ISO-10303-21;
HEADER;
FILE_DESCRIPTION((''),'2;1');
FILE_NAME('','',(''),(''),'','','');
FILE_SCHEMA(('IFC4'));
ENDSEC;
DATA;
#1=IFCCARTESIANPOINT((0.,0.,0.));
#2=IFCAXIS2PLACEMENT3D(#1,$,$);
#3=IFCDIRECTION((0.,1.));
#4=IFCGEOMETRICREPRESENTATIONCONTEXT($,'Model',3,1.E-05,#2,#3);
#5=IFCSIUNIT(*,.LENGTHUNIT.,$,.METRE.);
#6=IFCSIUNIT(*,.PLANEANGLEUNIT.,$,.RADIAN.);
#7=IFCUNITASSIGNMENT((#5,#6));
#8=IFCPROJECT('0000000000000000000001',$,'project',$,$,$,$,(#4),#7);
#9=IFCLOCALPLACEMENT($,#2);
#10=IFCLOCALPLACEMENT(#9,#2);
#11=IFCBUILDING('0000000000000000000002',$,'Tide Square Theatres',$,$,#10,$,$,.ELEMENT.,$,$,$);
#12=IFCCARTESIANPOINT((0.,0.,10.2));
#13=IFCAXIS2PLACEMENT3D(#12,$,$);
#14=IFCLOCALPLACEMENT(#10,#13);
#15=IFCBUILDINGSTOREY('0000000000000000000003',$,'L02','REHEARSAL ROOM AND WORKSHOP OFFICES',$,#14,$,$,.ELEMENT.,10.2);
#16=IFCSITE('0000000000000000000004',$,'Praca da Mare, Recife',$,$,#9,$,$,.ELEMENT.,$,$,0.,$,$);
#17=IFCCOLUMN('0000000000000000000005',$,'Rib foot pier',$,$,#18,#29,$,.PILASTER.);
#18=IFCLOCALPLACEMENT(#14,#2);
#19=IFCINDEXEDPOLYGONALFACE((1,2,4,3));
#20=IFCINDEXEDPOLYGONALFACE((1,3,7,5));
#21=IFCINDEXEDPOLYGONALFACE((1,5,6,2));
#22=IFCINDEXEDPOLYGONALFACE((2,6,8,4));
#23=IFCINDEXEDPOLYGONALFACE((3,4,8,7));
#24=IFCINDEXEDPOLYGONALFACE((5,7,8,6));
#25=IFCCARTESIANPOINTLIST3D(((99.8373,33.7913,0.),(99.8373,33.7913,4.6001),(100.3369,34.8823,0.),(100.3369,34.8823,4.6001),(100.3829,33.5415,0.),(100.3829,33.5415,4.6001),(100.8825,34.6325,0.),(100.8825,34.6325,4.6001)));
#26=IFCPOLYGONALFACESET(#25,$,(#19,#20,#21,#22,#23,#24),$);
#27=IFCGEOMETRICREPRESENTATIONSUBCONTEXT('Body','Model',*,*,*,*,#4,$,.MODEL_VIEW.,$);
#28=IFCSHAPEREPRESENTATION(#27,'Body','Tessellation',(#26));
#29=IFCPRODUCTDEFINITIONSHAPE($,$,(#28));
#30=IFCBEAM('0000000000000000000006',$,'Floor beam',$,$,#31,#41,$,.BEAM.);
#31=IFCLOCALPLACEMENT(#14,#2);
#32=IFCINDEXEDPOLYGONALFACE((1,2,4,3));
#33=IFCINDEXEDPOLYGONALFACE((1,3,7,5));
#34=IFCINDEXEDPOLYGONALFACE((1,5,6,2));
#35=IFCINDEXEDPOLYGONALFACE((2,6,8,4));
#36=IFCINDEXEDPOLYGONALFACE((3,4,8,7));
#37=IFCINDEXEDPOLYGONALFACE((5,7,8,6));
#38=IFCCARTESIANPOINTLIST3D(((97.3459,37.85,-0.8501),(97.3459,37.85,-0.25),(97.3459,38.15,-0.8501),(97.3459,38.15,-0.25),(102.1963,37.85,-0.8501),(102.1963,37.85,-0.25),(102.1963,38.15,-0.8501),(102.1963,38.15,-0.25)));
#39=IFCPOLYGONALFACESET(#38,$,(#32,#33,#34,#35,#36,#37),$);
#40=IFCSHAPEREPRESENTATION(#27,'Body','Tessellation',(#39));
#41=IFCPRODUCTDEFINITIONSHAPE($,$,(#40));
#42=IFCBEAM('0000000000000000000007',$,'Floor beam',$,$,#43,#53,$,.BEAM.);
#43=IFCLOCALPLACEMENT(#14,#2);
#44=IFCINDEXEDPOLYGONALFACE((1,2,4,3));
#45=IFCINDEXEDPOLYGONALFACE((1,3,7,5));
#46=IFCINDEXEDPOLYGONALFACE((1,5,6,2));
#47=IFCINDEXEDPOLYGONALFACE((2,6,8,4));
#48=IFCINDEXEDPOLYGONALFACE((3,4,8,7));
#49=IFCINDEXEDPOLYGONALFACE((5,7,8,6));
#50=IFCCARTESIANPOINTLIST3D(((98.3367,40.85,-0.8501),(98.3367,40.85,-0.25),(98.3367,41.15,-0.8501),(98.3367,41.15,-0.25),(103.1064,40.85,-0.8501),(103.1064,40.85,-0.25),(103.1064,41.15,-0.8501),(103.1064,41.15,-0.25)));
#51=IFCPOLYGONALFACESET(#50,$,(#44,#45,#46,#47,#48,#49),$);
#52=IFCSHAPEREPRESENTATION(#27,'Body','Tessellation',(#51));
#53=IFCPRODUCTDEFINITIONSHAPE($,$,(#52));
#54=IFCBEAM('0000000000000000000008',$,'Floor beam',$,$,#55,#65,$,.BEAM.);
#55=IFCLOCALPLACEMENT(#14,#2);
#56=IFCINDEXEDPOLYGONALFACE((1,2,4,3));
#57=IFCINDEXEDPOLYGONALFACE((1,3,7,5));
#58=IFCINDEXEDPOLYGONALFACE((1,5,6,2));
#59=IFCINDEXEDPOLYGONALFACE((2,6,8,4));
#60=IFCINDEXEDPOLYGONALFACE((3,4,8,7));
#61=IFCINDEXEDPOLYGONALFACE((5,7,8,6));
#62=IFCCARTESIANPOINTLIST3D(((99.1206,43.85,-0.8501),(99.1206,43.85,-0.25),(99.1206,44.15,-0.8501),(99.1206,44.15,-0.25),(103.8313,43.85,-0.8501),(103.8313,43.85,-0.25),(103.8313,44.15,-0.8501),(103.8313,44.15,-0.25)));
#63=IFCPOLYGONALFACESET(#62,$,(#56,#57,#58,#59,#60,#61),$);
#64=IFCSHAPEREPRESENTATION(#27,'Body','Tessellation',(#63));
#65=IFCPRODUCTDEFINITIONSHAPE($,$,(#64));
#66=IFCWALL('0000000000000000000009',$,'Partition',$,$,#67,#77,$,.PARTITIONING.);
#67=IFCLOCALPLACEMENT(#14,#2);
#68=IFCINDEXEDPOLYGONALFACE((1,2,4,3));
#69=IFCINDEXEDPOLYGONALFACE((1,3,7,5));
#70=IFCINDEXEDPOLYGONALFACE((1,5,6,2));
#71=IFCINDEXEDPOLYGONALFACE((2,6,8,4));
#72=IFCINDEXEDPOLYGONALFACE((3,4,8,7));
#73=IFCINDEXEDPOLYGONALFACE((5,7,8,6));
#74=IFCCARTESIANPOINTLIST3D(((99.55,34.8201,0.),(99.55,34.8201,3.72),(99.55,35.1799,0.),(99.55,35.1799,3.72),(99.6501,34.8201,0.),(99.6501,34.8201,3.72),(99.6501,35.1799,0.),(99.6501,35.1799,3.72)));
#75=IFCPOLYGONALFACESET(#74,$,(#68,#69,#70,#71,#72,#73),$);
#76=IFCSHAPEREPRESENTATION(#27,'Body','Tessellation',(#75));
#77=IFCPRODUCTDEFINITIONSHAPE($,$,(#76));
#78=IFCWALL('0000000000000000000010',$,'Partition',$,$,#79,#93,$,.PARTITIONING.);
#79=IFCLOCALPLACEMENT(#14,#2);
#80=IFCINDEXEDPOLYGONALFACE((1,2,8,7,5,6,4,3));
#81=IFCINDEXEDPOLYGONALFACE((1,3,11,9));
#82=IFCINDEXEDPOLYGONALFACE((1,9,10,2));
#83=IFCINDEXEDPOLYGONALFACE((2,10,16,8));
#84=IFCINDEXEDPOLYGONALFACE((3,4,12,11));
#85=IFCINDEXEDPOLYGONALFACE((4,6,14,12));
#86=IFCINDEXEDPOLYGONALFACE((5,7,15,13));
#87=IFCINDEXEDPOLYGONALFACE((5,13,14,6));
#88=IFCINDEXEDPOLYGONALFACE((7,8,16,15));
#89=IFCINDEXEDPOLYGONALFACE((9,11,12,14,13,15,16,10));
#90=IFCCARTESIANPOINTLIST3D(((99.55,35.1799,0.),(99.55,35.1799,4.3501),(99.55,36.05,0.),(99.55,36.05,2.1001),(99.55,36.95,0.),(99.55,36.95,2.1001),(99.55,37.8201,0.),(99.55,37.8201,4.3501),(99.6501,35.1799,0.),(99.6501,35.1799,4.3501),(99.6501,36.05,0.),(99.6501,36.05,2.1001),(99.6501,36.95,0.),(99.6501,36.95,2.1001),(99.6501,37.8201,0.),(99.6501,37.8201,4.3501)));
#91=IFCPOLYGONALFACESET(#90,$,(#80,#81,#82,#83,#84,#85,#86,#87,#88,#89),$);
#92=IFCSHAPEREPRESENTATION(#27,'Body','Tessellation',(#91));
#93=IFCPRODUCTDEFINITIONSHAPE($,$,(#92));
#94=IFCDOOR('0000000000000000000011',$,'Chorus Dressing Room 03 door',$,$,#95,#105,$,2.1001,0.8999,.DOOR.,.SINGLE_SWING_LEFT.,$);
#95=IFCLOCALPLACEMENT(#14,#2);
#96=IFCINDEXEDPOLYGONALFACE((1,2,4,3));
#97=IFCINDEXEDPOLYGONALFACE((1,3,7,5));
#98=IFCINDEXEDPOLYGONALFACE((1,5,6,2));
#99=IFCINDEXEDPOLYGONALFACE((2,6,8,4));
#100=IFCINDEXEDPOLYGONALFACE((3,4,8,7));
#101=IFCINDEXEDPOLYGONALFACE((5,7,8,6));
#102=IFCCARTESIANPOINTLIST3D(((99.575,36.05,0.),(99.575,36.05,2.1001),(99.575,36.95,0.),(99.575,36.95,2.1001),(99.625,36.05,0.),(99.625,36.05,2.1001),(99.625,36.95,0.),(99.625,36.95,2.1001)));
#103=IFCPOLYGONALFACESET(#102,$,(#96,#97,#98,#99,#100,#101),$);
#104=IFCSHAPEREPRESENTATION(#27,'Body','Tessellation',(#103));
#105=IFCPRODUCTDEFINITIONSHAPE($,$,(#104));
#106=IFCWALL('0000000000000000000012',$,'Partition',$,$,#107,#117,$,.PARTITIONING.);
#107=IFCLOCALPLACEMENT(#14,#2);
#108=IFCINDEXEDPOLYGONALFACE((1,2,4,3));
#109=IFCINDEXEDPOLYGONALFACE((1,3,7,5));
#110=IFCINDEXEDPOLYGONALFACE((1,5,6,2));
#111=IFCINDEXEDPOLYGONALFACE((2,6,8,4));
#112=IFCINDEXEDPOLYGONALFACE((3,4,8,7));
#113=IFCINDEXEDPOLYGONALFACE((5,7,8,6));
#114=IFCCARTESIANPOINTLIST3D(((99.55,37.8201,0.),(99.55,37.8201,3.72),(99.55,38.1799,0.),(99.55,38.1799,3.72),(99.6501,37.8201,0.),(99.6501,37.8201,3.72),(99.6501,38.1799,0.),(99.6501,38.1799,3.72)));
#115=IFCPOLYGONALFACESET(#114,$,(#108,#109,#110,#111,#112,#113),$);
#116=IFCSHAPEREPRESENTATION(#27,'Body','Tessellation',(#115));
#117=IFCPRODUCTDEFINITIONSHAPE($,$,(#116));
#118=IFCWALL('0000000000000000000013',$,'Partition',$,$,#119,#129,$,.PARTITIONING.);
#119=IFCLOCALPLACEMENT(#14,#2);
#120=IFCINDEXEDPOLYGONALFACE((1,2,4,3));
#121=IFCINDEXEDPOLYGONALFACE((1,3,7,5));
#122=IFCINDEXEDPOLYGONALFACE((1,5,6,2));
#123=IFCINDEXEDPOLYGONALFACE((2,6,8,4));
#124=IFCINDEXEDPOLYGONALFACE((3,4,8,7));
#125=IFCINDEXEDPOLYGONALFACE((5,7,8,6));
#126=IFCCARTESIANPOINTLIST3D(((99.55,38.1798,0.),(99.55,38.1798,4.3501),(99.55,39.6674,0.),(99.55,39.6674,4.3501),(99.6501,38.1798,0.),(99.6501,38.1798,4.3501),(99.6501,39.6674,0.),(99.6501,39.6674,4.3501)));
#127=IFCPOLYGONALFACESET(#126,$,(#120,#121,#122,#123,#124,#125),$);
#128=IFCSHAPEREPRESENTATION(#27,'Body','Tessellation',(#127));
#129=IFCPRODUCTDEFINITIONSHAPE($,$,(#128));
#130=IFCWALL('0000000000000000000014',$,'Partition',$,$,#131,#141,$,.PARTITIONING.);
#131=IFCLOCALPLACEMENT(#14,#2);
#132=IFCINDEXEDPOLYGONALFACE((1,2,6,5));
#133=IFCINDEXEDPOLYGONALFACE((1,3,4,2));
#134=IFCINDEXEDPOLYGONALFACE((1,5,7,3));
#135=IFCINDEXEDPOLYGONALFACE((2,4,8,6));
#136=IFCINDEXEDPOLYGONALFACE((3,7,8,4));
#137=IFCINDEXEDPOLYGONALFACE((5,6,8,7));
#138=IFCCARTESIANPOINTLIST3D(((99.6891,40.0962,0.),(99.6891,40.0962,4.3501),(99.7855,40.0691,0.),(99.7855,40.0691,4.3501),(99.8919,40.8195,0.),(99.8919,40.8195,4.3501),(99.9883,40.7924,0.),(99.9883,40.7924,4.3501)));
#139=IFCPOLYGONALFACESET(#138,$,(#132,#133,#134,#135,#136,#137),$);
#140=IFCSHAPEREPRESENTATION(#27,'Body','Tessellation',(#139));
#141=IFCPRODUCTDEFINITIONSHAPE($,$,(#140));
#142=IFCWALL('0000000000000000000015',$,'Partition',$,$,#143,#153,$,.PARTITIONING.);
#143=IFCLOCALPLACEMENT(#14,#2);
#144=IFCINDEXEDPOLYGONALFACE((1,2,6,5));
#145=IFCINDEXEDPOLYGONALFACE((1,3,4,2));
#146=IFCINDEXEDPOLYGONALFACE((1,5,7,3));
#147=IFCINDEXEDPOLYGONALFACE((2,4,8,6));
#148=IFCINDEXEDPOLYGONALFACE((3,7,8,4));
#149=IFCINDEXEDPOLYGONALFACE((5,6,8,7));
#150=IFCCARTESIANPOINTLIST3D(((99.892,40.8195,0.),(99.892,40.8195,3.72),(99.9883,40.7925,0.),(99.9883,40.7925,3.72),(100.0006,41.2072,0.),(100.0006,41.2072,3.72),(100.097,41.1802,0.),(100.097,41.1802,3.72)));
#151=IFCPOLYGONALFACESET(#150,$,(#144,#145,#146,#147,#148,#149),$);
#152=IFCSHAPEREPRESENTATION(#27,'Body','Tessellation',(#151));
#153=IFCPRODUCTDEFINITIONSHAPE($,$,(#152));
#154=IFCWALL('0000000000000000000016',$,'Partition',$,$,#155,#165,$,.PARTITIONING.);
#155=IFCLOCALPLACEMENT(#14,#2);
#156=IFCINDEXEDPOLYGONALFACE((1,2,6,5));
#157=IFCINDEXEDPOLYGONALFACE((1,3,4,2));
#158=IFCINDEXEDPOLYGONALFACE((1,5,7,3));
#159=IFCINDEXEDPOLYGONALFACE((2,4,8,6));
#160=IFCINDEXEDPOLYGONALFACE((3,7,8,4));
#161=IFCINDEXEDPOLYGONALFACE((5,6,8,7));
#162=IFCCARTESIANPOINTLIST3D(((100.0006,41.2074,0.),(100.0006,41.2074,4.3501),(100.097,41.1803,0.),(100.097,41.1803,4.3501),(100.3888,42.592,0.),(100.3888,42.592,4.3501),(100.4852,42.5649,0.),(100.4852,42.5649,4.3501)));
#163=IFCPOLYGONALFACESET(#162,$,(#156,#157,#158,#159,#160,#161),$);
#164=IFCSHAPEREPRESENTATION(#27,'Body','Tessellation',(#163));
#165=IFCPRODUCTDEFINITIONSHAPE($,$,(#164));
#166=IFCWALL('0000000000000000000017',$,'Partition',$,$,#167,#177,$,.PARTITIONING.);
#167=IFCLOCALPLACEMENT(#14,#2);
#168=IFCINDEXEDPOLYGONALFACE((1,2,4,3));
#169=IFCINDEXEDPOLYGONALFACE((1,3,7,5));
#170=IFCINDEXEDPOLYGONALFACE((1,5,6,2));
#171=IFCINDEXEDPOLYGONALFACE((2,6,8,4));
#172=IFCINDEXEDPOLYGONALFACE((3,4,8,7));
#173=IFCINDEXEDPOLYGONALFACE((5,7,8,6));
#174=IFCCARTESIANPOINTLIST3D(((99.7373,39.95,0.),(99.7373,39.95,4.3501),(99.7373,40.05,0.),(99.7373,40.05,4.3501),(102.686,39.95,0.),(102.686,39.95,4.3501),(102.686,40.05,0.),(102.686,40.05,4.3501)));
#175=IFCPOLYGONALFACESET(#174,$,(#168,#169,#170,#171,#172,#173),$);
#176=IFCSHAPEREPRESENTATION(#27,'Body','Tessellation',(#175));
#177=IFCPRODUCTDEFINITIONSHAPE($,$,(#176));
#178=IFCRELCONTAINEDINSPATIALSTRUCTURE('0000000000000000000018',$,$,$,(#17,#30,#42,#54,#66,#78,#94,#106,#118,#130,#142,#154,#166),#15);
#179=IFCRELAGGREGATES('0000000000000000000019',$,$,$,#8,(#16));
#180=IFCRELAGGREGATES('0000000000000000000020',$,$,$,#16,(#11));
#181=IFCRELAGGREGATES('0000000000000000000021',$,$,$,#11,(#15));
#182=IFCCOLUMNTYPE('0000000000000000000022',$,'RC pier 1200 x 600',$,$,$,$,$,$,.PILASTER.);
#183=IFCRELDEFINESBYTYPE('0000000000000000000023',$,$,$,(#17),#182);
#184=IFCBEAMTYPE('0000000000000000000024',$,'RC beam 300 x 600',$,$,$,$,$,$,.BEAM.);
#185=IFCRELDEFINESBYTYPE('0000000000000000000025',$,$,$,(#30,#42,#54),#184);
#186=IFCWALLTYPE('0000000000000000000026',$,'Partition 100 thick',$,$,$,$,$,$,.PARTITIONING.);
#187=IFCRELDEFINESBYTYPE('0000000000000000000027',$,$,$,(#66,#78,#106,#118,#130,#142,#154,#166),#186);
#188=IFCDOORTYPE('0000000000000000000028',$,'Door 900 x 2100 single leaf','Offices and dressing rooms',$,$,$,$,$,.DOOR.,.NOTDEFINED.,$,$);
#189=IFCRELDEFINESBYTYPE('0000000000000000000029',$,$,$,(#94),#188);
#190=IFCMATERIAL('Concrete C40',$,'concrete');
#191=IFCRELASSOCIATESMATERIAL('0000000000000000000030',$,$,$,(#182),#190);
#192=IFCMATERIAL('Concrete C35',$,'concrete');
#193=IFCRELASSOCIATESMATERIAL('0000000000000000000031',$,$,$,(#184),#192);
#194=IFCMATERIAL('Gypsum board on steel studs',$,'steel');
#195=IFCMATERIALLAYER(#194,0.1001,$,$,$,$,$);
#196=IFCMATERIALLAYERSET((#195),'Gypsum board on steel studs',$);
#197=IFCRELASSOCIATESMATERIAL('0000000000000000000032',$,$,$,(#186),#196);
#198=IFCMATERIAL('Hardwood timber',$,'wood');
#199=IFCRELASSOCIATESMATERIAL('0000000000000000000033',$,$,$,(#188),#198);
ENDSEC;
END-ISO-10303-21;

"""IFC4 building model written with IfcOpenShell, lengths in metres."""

from ifc_helpers import new_model, si_unit, direction, frame, frame_2d, origin, origin_2d, place, context, subcontext, project, spatial, rectangle, extrude, material, layer, layer_set, material_profile, profile_set, type_object, element, fill, save


model = new_model("IFC4")

# Units and contexts
model_context = context("Model", 3, precision=1e-05, world=origin(), true_north=direction((0.0, 1.0)))
body_context = subcontext(model_context, "Body", "Model", "MODEL_VIEW")
ifc_project = project(units=[si_unit("LENGTHUNIT", "METRE"), si_unit("PLANEANGLEUNIT", "RADIAN")], contexts=[model_context])

# Site, building, storey
site_placement = place(None, origin())
site = spatial("IfcSite", under=ifc_project, at=site_placement, Name="Praca da Mare, Recife", CompositionType="ELEMENT", RefElevation=0.0)
building_placement = place(site_placement, origin())
building = spatial("IfcBuilding", under=site, at=building_placement, Name="Tide Square Theatres", CompositionType="ELEMENT")
storey_placement = place(building_placement, frame((0.0, 0.0, 10.2)))
storey = spatial("IfcBuildingStorey", under=building, at=storey_placement, Name="L02", Description="REHEARSAL ROOM AND WORKSHOP OFFICES", CompositionType="ELEMENT", Elevation=10.2)

# Column
ifc_material_1 = material(Name="Concrete C40", Category="concrete")
ifc_material_profile_1 = material_profile(ifc_material_1, rectangle(XDim=1.2, YDim=0.6001, at=origin_2d()))
ifc_profile_set_1 = profile_set([ifc_material_profile_1], Name="Concrete C40")
column_type = type_object("IfcColumnType", Name="RC pier 1200 x 600", PredefinedType="PILASTER", material=ifc_profile_set_1)
column_placement = place(storey_placement, frame((100.3599, 34.2119, 0.0), z_axis=(0.0, 0.0, 1.0), x_axis=(0.416344, 0.909207, 0.0)))
element("IfcColumn", 1, at=column_placement, inside=storey, type_object=column_type, Name="Rib foot pier", PredefinedType="PILASTER", context=body_context, shape_type="SweptSolid", body=[
    extrude(rectangle(XDim=1.2, YDim=0.6001, at=origin_2d()), origin(), (0.0, 0.0, 1.0), 4.6001),
])

# Beams
ifc_material_2 = material(Name="Concrete C35", Category="concrete")
ifc_material_profile_2 = material_profile(ifc_material_2, rectangle(XDim=0.3, YDim=0.6001, at=origin_2d()))
ifc_profile_set_2 = profile_set([ifc_material_profile_2], Name="Concrete C35")
beam_type = type_object("IfcBeamType", Name="RC beam 300 x 600", PredefinedType="BEAM", material=ifc_profile_set_2)
beam_1_placement = place(storey_placement, frame((97.3459, 38.0, -0.55), z_axis=(1.0, 0.0, 0.0), x_axis=(0.0, 1.0, 0.0)))
element("IfcBeam", 2, at=beam_1_placement, inside=storey, type_object=beam_type, Name="Floor beam", PredefinedType="BEAM", context=body_context, shape_type="SweptSolid", body=[
    extrude(rectangle(XDim=0.3, YDim=0.6001, at=origin_2d()), origin(), (0.0, 0.0, 1.0), 4.8503),
])
beam_2_placement = place(storey_placement, frame((98.3367, 41.0, -0.55), z_axis=(1.0, 0.0, 0.0), x_axis=(0.0, 1.0, 0.0)))
element("IfcBeam", 3, at=beam_2_placement, inside=storey, type_object=beam_type, Name="Floor beam", PredefinedType="BEAM", context=body_context, shape_type="SweptSolid", body=[
    extrude(rectangle(XDim=0.3, YDim=0.6001, at=origin_2d()), origin(), (0.0, 0.0, 1.0), 4.7698),
])
beam_3_placement = place(storey_placement, frame((99.1206, 44.0, -0.55), z_axis=(1.0, 0.0, 0.0), x_axis=(0.0, 1.0, 0.0)))
element("IfcBeam", 4, at=beam_3_placement, inside=storey, type_object=beam_type, Name="Floor beam", PredefinedType="BEAM", context=body_context, shape_type="SweptSolid", body=[
    extrude(rectangle(XDim=0.3, YDim=0.6001, at=origin_2d()), origin(), (0.0, 0.0, 1.0), 4.7107),
])

# Wall
ifc_material_3 = material(Name="Gypsum board on steel studs", Category="steel")
ifc_layer_1 = layer(ifc_material_3, 0.1001)
ifc_layer_set_1 = layer_set([ifc_layer_1], Name="Gypsum board on steel studs")
wall_type_1 = type_object("IfcWallType", Name="Partition 100 thick", PredefinedType="PARTITIONING", material=ifc_layer_set_1)
wall_1_placement = place(storey_placement, frame((99.6001, 34.8201, 0.0), z_axis=(0.0, 0.0, 1.0), x_axis=(0.0, 1.0, 0.0)))
element("IfcWall", 5, at=wall_1_placement, inside=storey, type_object=wall_type_1, Name="Partition", PredefinedType="PARTITIONING", context=body_context, shape_type="SweptSolid", body=[
    extrude(rectangle(XDim=0.3599, YDim=0.1001, at=frame_2d((0.1799, 0.0))), origin(), (0.0, 0.0, 1.0), 3.72),
])

# Wall, opening, door
wall_2_placement = place(storey_placement, frame((99.6001, 35.1799, 0.0), z_axis=(0.0, 0.0, 1.0), x_axis=(0.0, 1.0, 0.0)))
wall_2 = element("IfcWall", 6, at=wall_2_placement, inside=storey, type_object=wall_type_1, Name="Partition", PredefinedType="PARTITIONING", context=body_context, shape_type="SweptSolid", body=[
    extrude(rectangle(XDim=2.6401, YDim=0.1001, at=frame_2d((1.3201, 0.0))), origin(), (0.0, 0.0, 1.0), 4.3501),
])
opening_1_placement = place(wall_2_placement, frame((0.8701, 0.0, 0.0)))
opening_1 = element("IfcOpeningElement", 7, at=opening_1_placement, cuts=wall_2, PredefinedType="OPENING", context=body_context, shape_type="SweptSolid", body=[
    extrude(rectangle(XDim=0.8999, YDim=2.1001, at=frame_2d((0.45, 1.05))), frame((0.0, 0.0601, 0.0), z_axis=(0.0, -1.0, 0.0), x_axis=(1.0, 0.0, 0.0)), (0.0, 0.0, 1.0), 0.1201),
])
ifc_material_4 = material(Name="Hardwood timber", Category="wood")
door_type_1 = type_object("IfcDoorType", Name="Door 900 x 2100 single leaf", Description="Offices and dressing rooms", OperationType="NOTDEFINED", PredefinedType="DOOR", material=ifc_material_4)
door_1_placement = place(opening_1_placement, frame((0.8999, 0.0, 0.0), z_axis=(0.0, 0.0, 1.0), x_axis=(-1.0, 0.0, 0.0)))
door_1 = element("IfcDoor", 8, at=door_1_placement, inside=storey, type_object=door_type_1, Name="Chorus Dressing Room 03 door", OperationType="SINGLE_SWING_LEFT", OverallHeight=2.1001, OverallWidth=0.8999, PredefinedType="DOOR", context=body_context, shape_type="SweptSolid", body=[
    extrude(rectangle(XDim=0.8999, YDim=2.1001, at=frame_2d((0.45, 1.05))), frame((0.0, 0.0249, 0.0), z_axis=(0.0, -1.0, 0.0), x_axis=(1.0, 0.0, 0.0)), (0.0, 0.0, 1.0), 0.05),
])
fill(opening_1, door_1)

# Walls
wall_3_placement = place(storey_placement, frame((99.6001, 37.8201, 0.0), z_axis=(0.0, 0.0, 1.0), x_axis=(0.0, 1.0, 0.0)))
element("IfcWall", 9, at=wall_3_placement, inside=storey, type_object=wall_type_1, Name="Partition", PredefinedType="PARTITIONING", context=body_context, shape_type="SweptSolid", body=[
    extrude(rectangle(XDim=0.3599, YDim=0.1001, at=frame_2d((0.1799, 0.0))), origin(), (0.0, 0.0, 1.0), 3.72),
])
wall_4_placement = place(storey_placement, frame((99.6001, 38.1799, 0.0), z_axis=(0.0, 0.0, 1.0), x_axis=(0.0, 1.0, 0.0)))
element("IfcWall", 10, at=wall_4_placement, inside=storey, type_object=wall_type_1, Name="Partition", PredefinedType="PARTITIONING", context=body_context, shape_type="SweptSolid", body=[
    extrude(rectangle(XDim=1.4875, YDim=0.1001, at=frame_2d((0.7437, 0.0))), origin(), (0.0, 0.0, 1.0), 4.3501),
])
wall_5_placement = place(storey_placement, frame((99.7373, 40.0828, 0.0), z_axis=(0.0, 0.0, 1.0), x_axis=(0.27004, 0.962849, 0.0)))
element("IfcWall", 11, at=wall_5_placement, inside=storey, type_object=wall_type_1, Name="Partition", PredefinedType="PARTITIONING", context=body_context, shape_type="SweptSolid", body=[
    extrude(rectangle(XDim=0.7512, YDim=0.1001, at=frame_2d((0.3755, 0.0))), origin(), (0.0, 0.0, 1.0), 4.3501),
])
wall_6_placement = place(storey_placement, frame((99.9402, 40.8062, 0.0), z_axis=(0.0, 0.0, 1.0), x_axis=(0.269832, 0.962907, 0.0)))
element("IfcWall", 12, at=wall_6_placement, inside=storey, type_object=wall_type_1, Name="Partition", PredefinedType="PARTITIONING", context=body_context, shape_type="SweptSolid", body=[
    extrude(rectangle(XDim=0.4026, YDim=0.1001, at=frame_2d((0.2012, 0.0))), origin(), (0.0, 0.0, 1.0), 3.72),
])
wall_7_placement = place(storey_placement, frame((100.0488, 41.1938, 0.0), z_axis=(0.0, 0.0, 1.0), x_axis=(0.269964, 0.962871, 0.0)))
element("IfcWall", 13, at=wall_7_placement, inside=storey, type_object=wall_type_1, Name="Partition", PredefinedType="PARTITIONING", context=body_context, shape_type="SweptSolid", body=[
    extrude(rectangle(XDim=1.438, YDim=0.1001, at=frame_2d((0.719, 0.0))), origin(), (0.0, 0.0, 1.0), 4.3501),
])
wall_8_placement = place(storey_placement, frame((99.7373, 40.0, 0.0), z_axis=(0.0, 0.0, 1.0), x_axis=(1.0, 0.0, 0.0)))
element("IfcWall", 14, at=wall_8_placement, inside=storey, type_object=wall_type_1, Name="Partition", PredefinedType="PARTITIONING", context=body_context, shape_type="SweptSolid", body=[
    extrude(rectangle(XDim=2.9487, YDim=0.1001, at=frame_2d((1.4744, 0.0))), origin(), (0.0, 0.0, 1.0), 4.3501),
])

save(model, "model.ifc")
